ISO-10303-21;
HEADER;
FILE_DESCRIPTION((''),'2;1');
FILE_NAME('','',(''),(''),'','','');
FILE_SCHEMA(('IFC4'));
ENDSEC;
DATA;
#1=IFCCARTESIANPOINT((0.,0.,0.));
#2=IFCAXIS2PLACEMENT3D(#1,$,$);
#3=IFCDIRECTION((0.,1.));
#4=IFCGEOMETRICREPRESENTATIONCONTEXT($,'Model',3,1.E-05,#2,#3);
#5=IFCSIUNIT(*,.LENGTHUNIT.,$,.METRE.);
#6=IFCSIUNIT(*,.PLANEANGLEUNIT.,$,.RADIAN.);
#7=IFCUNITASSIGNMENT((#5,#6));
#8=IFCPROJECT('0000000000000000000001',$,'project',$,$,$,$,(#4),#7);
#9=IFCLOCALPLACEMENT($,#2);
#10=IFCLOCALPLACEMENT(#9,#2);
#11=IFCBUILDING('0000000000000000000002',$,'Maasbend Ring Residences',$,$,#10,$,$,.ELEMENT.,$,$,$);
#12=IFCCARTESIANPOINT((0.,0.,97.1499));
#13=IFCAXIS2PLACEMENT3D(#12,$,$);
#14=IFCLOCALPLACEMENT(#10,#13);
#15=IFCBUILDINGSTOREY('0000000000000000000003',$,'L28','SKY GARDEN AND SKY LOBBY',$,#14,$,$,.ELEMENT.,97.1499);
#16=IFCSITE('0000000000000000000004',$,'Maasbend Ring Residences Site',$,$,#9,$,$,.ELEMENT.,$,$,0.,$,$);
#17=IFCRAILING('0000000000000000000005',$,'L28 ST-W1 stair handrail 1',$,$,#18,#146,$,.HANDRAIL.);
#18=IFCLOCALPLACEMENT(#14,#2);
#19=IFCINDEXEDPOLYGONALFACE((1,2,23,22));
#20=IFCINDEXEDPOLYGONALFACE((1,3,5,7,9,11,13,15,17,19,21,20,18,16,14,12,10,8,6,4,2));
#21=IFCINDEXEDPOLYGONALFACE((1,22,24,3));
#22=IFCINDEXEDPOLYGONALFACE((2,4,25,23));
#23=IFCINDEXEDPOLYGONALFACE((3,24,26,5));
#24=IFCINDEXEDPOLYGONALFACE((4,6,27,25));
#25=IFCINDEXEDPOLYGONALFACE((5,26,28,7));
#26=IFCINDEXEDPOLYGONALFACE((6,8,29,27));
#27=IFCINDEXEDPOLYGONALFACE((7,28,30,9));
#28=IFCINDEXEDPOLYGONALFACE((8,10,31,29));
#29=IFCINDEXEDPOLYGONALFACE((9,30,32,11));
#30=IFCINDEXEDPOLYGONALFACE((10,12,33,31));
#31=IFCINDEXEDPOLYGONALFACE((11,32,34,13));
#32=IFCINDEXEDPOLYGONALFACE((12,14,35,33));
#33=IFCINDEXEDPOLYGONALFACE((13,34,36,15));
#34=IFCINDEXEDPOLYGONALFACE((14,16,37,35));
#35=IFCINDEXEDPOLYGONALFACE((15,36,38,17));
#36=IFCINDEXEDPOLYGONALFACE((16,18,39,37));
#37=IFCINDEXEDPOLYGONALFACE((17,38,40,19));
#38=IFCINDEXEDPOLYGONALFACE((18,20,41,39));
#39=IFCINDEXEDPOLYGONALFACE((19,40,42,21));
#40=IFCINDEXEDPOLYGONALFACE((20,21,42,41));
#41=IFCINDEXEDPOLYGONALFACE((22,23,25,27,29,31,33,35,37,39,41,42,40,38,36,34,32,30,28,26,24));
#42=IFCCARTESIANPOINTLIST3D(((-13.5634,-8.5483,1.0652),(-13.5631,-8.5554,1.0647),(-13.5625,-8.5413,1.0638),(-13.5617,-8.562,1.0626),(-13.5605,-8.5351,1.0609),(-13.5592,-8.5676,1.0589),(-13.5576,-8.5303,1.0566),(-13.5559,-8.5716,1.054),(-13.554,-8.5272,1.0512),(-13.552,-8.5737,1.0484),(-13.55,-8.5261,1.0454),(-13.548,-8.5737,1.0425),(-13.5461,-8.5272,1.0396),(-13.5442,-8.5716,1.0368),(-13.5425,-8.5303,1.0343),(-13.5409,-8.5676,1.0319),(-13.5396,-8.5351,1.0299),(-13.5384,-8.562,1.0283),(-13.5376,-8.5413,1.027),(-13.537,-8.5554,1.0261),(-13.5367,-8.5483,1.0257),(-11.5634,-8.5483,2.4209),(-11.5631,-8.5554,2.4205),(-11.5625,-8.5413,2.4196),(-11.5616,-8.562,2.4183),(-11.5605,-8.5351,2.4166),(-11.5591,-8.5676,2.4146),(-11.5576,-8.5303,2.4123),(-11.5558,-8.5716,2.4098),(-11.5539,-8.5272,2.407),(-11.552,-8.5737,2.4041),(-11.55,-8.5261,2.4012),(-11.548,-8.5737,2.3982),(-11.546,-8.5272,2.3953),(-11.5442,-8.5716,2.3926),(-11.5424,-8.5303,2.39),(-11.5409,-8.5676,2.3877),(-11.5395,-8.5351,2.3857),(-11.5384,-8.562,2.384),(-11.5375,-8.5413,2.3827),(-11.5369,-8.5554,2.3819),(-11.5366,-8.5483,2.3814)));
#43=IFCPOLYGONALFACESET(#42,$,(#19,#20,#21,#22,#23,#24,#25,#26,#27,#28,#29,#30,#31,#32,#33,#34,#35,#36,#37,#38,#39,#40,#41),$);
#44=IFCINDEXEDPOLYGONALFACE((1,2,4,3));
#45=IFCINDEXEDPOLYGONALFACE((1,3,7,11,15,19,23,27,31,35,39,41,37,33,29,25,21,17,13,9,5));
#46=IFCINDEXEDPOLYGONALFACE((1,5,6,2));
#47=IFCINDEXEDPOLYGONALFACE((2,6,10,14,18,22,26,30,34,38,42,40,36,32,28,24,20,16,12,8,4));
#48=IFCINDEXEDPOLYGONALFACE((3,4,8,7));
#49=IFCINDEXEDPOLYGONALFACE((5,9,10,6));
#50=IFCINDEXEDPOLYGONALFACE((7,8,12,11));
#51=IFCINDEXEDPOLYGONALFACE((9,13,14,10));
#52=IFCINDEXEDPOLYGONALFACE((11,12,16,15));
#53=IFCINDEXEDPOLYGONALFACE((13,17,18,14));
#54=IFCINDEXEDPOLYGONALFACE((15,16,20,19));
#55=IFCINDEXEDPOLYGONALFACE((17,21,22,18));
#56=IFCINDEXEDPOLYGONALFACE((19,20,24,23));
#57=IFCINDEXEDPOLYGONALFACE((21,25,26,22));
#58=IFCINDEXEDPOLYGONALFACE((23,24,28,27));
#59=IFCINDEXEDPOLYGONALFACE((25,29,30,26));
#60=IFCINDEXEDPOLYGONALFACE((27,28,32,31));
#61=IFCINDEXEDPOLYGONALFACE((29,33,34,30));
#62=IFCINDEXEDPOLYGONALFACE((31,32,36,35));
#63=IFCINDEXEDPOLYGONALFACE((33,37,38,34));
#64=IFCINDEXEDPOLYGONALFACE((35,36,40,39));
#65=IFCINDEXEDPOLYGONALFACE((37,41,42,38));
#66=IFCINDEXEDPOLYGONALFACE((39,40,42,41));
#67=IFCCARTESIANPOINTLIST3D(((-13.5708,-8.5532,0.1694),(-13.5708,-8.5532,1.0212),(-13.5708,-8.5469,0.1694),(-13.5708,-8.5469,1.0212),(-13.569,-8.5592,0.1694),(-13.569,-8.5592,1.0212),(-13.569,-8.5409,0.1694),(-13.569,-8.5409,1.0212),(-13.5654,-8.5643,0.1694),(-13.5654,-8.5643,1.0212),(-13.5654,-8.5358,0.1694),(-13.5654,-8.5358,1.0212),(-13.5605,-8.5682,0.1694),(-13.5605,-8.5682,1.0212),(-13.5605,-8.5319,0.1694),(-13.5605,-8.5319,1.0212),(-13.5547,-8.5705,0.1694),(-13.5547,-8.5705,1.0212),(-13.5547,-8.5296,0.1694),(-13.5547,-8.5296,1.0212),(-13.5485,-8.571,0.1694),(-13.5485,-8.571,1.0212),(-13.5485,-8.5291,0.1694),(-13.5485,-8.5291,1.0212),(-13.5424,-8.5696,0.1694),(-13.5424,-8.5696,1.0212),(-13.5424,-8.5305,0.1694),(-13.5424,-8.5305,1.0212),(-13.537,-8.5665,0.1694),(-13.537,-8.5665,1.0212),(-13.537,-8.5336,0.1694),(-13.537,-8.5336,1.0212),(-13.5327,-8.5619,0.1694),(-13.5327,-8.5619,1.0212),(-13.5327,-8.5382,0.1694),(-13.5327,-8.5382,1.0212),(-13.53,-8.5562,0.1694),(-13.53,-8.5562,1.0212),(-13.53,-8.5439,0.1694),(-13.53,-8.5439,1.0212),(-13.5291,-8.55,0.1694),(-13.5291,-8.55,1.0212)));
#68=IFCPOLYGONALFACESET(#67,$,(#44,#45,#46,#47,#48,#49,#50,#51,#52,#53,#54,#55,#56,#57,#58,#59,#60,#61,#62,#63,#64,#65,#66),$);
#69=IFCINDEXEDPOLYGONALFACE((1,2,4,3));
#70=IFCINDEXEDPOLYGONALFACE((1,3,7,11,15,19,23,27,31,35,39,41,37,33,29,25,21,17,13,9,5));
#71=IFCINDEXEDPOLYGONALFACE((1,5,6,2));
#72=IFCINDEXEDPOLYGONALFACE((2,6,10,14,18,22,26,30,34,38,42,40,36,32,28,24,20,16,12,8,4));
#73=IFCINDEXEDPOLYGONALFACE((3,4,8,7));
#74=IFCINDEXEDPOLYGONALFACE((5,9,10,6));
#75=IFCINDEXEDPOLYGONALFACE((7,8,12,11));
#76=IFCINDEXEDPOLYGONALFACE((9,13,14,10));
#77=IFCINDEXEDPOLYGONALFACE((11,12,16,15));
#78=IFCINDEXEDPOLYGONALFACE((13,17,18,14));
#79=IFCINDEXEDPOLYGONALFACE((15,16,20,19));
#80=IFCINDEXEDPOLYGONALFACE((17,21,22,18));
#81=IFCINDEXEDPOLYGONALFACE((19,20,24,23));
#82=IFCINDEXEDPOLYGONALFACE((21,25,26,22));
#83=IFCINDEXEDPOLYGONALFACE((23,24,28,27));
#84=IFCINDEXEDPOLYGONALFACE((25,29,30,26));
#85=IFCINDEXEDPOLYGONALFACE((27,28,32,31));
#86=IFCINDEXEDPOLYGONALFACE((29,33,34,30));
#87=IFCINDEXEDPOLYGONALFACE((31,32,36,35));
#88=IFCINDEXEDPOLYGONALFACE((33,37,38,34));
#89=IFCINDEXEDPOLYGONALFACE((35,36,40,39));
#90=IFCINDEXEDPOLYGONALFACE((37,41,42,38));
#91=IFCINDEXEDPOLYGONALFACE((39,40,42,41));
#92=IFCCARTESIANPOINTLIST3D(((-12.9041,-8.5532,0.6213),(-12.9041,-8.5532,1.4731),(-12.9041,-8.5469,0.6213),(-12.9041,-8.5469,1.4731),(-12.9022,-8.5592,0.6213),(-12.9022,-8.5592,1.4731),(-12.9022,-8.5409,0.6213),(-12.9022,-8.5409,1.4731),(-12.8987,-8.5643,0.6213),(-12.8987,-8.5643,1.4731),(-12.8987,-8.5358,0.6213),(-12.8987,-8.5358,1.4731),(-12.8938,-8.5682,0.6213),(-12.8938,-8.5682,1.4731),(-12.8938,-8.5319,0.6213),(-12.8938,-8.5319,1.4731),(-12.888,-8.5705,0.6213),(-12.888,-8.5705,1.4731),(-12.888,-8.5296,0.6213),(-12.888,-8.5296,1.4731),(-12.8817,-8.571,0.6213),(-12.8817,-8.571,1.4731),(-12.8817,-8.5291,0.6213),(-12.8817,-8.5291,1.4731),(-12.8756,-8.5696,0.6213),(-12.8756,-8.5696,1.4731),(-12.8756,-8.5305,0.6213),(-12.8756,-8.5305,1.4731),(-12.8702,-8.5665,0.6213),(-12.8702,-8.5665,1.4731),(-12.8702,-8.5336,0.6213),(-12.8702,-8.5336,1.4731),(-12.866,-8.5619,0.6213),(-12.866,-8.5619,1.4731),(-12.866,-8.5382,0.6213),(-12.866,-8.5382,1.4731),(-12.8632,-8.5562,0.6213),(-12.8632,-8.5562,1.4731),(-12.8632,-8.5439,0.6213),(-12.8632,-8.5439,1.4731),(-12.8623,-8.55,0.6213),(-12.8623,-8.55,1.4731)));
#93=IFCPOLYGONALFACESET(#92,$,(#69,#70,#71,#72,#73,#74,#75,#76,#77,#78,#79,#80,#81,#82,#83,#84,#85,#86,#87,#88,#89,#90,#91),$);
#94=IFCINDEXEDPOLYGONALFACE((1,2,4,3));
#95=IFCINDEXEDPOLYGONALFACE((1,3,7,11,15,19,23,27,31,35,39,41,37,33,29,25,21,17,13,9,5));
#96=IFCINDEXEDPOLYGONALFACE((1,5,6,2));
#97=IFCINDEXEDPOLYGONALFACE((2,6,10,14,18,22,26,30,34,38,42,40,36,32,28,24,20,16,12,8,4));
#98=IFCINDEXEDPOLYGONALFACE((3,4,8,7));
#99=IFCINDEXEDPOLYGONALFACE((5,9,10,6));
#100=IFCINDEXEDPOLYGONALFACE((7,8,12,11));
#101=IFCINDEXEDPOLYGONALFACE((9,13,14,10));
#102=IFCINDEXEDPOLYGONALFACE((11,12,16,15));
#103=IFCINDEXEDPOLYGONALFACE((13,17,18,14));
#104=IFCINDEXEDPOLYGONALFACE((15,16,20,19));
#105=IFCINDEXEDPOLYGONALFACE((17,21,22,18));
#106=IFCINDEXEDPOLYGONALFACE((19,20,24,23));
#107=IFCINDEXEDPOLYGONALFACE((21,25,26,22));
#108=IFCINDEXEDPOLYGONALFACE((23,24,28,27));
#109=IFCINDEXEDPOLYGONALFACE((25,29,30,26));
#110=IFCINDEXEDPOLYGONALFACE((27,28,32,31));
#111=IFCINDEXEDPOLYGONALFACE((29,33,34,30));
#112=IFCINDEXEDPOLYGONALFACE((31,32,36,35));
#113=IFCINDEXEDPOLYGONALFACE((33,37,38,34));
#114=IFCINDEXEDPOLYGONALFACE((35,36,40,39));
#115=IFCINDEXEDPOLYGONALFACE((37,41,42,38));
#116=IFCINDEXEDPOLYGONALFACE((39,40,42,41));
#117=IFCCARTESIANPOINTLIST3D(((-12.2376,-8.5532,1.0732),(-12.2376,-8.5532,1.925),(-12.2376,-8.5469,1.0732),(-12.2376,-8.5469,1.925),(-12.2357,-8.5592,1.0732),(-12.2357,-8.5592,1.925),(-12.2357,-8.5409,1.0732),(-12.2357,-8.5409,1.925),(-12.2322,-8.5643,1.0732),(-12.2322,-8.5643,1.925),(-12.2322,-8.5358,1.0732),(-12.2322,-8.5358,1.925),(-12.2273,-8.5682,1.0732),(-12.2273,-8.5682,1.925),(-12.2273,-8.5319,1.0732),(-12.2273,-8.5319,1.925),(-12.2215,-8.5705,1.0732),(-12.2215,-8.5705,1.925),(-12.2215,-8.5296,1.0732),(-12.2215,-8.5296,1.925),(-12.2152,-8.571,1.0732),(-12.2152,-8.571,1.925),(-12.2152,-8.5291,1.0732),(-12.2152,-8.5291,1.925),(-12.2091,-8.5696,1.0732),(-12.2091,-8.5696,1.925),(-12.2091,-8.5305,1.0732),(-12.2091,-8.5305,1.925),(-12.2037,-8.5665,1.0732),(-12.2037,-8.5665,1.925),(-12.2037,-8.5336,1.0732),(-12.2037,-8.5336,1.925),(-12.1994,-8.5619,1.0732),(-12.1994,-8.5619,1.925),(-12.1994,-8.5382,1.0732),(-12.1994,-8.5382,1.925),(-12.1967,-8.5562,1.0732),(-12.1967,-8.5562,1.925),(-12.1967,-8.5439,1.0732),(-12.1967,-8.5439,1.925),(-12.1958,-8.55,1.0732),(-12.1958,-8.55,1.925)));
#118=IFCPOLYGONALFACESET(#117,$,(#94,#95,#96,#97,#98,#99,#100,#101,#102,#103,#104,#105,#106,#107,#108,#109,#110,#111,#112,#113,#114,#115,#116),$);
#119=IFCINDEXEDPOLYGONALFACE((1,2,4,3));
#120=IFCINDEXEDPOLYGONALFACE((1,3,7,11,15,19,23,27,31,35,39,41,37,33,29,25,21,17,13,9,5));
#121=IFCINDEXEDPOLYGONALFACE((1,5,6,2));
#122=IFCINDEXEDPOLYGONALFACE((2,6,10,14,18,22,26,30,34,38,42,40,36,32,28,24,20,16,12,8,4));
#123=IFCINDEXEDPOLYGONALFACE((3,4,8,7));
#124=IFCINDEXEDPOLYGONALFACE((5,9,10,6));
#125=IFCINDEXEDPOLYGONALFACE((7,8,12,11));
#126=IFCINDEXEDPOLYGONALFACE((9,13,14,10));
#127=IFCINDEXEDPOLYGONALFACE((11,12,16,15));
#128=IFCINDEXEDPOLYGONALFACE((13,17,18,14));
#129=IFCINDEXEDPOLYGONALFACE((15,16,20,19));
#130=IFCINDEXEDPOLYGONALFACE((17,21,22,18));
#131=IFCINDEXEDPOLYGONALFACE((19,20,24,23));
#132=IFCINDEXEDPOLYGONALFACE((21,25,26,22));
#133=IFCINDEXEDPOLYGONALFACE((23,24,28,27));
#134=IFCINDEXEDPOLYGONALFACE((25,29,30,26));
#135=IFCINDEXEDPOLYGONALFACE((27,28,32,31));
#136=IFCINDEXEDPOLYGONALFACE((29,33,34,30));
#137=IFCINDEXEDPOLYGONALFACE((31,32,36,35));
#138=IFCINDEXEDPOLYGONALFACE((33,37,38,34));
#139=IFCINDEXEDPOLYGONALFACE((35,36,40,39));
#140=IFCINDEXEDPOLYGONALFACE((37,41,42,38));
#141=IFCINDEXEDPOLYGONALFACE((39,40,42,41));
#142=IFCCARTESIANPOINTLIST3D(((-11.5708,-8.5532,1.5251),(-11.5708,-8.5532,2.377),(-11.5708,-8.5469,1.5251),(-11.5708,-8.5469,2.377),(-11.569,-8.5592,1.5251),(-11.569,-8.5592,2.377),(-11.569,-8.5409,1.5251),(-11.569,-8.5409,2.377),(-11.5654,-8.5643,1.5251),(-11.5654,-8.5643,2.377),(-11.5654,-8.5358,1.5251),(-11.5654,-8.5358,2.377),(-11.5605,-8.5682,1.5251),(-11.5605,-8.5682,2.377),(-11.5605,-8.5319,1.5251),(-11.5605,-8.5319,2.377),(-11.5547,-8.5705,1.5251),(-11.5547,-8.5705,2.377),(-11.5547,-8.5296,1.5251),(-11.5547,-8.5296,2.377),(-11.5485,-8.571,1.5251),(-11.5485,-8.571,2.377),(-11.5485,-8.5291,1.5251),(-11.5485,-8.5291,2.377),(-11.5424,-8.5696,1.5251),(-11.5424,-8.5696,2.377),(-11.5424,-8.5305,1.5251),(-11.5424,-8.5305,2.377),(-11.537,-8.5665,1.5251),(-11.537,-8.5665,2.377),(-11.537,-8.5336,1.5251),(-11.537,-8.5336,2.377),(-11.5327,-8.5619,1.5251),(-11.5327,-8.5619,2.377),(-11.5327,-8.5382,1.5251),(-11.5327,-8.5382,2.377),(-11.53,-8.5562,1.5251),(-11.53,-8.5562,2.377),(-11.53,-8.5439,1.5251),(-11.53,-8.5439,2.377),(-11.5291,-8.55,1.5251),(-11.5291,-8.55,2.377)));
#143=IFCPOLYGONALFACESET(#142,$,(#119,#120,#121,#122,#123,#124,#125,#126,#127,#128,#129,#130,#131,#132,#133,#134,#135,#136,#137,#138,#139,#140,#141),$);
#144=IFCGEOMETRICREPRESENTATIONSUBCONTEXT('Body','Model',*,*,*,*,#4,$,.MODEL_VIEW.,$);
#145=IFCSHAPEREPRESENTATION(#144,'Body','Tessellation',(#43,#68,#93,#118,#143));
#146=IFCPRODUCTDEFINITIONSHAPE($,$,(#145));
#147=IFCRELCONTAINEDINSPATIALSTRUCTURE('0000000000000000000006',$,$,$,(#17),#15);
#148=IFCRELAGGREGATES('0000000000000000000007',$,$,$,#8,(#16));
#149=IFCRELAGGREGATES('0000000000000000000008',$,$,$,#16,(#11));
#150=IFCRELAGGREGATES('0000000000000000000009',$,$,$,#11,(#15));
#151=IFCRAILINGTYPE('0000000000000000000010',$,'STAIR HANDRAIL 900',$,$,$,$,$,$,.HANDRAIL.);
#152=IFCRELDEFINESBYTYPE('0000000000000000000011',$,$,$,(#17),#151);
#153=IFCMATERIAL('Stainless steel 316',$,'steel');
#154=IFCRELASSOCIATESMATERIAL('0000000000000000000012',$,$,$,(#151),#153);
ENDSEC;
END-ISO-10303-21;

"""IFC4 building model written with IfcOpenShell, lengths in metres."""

from ifc_helpers import new_model, si_unit, direction, frame, origin, origin_2d, place, context, subcontext, project, spatial, circle, extrude, material, type_object, element, save


model = new_model("IFC4")

# Units and contexts
model_context = context("Model", 3, precision=1e-05, world=origin(), true_north=direction((0.0, 1.0)))
body_context = subcontext(model_context, "Body", "Model", "MODEL_VIEW")
ifc_project = project(units=[si_unit("LENGTHUNIT", "METRE"), si_unit("PLANEANGLEUNIT", "RADIAN")], contexts=[model_context])

# Site, building, storey
site_placement = place(None, origin())
site = spatial("IfcSite", under=ifc_project, at=site_placement, Name="Maasbend Ring Residences Site", CompositionType="ELEMENT", RefElevation=0.0)
building_placement = place(site_placement, origin())
building = spatial("IfcBuilding", under=site, at=building_placement, Name="Maasbend Ring Residences", CompositionType="ELEMENT")
storey_placement = place(building_placement, frame((0.0, 0.0, 97.1499)))
storey = spatial("IfcBuildingStorey", under=building, at=storey_placement, Name="L28", Description="SKY GARDEN AND SKY LOBBY", CompositionType="ELEMENT", Elevation=97.1499)

# Railing
ifc_material_1 = material(Name="Stainless steel 316", Category="steel")
railing_type_1 = type_object("IfcRailingType", Name="STAIR HANDRAIL 900", PredefinedType="HANDRAIL", material=ifc_material_1)
railing_1_placement = place(storey_placement, frame((-13.55, -8.55, 0.1694)))
element("IfcRailing", 1, at=railing_1_placement, inside=storey, type_object=railing_type_1, Name="L28 ST-W1 stair handrail 1", PredefinedType="HANDRAIL", context=body_context, shape_type="SweptSolid", body=[
    extrude(circle(Radius=0.0239, at=origin_2d()), frame((0.0, 0.0, 0.876), z_axis=(0.827751, 0.0, 0.561096), x_axis=(0.0, 1.0, 0.0)), (0.0, 0.0, 1.0), 2.4163),
    extrude(circle(Radius=0.021, at=origin_2d()), origin(), (0.0, 0.0, 1.0), 0.8518),
    extrude(circle(Radius=0.021, at=origin_2d()), frame((0.6667, 0.0, 0.4519)), (0.0, 0.0, 1.0), 0.8518),
    extrude(circle(Radius=0.021, at=origin_2d()), frame((1.3333, 0.0, 0.9038)), (0.0, 0.0, 1.0), 0.8518),
    extrude(circle(Radius=0.021, at=origin_2d()), frame((2.0, 0.0, 1.3557)), (0.0, 0.0, 1.0), 0.8518),
])

save(model, "model.ifc")
